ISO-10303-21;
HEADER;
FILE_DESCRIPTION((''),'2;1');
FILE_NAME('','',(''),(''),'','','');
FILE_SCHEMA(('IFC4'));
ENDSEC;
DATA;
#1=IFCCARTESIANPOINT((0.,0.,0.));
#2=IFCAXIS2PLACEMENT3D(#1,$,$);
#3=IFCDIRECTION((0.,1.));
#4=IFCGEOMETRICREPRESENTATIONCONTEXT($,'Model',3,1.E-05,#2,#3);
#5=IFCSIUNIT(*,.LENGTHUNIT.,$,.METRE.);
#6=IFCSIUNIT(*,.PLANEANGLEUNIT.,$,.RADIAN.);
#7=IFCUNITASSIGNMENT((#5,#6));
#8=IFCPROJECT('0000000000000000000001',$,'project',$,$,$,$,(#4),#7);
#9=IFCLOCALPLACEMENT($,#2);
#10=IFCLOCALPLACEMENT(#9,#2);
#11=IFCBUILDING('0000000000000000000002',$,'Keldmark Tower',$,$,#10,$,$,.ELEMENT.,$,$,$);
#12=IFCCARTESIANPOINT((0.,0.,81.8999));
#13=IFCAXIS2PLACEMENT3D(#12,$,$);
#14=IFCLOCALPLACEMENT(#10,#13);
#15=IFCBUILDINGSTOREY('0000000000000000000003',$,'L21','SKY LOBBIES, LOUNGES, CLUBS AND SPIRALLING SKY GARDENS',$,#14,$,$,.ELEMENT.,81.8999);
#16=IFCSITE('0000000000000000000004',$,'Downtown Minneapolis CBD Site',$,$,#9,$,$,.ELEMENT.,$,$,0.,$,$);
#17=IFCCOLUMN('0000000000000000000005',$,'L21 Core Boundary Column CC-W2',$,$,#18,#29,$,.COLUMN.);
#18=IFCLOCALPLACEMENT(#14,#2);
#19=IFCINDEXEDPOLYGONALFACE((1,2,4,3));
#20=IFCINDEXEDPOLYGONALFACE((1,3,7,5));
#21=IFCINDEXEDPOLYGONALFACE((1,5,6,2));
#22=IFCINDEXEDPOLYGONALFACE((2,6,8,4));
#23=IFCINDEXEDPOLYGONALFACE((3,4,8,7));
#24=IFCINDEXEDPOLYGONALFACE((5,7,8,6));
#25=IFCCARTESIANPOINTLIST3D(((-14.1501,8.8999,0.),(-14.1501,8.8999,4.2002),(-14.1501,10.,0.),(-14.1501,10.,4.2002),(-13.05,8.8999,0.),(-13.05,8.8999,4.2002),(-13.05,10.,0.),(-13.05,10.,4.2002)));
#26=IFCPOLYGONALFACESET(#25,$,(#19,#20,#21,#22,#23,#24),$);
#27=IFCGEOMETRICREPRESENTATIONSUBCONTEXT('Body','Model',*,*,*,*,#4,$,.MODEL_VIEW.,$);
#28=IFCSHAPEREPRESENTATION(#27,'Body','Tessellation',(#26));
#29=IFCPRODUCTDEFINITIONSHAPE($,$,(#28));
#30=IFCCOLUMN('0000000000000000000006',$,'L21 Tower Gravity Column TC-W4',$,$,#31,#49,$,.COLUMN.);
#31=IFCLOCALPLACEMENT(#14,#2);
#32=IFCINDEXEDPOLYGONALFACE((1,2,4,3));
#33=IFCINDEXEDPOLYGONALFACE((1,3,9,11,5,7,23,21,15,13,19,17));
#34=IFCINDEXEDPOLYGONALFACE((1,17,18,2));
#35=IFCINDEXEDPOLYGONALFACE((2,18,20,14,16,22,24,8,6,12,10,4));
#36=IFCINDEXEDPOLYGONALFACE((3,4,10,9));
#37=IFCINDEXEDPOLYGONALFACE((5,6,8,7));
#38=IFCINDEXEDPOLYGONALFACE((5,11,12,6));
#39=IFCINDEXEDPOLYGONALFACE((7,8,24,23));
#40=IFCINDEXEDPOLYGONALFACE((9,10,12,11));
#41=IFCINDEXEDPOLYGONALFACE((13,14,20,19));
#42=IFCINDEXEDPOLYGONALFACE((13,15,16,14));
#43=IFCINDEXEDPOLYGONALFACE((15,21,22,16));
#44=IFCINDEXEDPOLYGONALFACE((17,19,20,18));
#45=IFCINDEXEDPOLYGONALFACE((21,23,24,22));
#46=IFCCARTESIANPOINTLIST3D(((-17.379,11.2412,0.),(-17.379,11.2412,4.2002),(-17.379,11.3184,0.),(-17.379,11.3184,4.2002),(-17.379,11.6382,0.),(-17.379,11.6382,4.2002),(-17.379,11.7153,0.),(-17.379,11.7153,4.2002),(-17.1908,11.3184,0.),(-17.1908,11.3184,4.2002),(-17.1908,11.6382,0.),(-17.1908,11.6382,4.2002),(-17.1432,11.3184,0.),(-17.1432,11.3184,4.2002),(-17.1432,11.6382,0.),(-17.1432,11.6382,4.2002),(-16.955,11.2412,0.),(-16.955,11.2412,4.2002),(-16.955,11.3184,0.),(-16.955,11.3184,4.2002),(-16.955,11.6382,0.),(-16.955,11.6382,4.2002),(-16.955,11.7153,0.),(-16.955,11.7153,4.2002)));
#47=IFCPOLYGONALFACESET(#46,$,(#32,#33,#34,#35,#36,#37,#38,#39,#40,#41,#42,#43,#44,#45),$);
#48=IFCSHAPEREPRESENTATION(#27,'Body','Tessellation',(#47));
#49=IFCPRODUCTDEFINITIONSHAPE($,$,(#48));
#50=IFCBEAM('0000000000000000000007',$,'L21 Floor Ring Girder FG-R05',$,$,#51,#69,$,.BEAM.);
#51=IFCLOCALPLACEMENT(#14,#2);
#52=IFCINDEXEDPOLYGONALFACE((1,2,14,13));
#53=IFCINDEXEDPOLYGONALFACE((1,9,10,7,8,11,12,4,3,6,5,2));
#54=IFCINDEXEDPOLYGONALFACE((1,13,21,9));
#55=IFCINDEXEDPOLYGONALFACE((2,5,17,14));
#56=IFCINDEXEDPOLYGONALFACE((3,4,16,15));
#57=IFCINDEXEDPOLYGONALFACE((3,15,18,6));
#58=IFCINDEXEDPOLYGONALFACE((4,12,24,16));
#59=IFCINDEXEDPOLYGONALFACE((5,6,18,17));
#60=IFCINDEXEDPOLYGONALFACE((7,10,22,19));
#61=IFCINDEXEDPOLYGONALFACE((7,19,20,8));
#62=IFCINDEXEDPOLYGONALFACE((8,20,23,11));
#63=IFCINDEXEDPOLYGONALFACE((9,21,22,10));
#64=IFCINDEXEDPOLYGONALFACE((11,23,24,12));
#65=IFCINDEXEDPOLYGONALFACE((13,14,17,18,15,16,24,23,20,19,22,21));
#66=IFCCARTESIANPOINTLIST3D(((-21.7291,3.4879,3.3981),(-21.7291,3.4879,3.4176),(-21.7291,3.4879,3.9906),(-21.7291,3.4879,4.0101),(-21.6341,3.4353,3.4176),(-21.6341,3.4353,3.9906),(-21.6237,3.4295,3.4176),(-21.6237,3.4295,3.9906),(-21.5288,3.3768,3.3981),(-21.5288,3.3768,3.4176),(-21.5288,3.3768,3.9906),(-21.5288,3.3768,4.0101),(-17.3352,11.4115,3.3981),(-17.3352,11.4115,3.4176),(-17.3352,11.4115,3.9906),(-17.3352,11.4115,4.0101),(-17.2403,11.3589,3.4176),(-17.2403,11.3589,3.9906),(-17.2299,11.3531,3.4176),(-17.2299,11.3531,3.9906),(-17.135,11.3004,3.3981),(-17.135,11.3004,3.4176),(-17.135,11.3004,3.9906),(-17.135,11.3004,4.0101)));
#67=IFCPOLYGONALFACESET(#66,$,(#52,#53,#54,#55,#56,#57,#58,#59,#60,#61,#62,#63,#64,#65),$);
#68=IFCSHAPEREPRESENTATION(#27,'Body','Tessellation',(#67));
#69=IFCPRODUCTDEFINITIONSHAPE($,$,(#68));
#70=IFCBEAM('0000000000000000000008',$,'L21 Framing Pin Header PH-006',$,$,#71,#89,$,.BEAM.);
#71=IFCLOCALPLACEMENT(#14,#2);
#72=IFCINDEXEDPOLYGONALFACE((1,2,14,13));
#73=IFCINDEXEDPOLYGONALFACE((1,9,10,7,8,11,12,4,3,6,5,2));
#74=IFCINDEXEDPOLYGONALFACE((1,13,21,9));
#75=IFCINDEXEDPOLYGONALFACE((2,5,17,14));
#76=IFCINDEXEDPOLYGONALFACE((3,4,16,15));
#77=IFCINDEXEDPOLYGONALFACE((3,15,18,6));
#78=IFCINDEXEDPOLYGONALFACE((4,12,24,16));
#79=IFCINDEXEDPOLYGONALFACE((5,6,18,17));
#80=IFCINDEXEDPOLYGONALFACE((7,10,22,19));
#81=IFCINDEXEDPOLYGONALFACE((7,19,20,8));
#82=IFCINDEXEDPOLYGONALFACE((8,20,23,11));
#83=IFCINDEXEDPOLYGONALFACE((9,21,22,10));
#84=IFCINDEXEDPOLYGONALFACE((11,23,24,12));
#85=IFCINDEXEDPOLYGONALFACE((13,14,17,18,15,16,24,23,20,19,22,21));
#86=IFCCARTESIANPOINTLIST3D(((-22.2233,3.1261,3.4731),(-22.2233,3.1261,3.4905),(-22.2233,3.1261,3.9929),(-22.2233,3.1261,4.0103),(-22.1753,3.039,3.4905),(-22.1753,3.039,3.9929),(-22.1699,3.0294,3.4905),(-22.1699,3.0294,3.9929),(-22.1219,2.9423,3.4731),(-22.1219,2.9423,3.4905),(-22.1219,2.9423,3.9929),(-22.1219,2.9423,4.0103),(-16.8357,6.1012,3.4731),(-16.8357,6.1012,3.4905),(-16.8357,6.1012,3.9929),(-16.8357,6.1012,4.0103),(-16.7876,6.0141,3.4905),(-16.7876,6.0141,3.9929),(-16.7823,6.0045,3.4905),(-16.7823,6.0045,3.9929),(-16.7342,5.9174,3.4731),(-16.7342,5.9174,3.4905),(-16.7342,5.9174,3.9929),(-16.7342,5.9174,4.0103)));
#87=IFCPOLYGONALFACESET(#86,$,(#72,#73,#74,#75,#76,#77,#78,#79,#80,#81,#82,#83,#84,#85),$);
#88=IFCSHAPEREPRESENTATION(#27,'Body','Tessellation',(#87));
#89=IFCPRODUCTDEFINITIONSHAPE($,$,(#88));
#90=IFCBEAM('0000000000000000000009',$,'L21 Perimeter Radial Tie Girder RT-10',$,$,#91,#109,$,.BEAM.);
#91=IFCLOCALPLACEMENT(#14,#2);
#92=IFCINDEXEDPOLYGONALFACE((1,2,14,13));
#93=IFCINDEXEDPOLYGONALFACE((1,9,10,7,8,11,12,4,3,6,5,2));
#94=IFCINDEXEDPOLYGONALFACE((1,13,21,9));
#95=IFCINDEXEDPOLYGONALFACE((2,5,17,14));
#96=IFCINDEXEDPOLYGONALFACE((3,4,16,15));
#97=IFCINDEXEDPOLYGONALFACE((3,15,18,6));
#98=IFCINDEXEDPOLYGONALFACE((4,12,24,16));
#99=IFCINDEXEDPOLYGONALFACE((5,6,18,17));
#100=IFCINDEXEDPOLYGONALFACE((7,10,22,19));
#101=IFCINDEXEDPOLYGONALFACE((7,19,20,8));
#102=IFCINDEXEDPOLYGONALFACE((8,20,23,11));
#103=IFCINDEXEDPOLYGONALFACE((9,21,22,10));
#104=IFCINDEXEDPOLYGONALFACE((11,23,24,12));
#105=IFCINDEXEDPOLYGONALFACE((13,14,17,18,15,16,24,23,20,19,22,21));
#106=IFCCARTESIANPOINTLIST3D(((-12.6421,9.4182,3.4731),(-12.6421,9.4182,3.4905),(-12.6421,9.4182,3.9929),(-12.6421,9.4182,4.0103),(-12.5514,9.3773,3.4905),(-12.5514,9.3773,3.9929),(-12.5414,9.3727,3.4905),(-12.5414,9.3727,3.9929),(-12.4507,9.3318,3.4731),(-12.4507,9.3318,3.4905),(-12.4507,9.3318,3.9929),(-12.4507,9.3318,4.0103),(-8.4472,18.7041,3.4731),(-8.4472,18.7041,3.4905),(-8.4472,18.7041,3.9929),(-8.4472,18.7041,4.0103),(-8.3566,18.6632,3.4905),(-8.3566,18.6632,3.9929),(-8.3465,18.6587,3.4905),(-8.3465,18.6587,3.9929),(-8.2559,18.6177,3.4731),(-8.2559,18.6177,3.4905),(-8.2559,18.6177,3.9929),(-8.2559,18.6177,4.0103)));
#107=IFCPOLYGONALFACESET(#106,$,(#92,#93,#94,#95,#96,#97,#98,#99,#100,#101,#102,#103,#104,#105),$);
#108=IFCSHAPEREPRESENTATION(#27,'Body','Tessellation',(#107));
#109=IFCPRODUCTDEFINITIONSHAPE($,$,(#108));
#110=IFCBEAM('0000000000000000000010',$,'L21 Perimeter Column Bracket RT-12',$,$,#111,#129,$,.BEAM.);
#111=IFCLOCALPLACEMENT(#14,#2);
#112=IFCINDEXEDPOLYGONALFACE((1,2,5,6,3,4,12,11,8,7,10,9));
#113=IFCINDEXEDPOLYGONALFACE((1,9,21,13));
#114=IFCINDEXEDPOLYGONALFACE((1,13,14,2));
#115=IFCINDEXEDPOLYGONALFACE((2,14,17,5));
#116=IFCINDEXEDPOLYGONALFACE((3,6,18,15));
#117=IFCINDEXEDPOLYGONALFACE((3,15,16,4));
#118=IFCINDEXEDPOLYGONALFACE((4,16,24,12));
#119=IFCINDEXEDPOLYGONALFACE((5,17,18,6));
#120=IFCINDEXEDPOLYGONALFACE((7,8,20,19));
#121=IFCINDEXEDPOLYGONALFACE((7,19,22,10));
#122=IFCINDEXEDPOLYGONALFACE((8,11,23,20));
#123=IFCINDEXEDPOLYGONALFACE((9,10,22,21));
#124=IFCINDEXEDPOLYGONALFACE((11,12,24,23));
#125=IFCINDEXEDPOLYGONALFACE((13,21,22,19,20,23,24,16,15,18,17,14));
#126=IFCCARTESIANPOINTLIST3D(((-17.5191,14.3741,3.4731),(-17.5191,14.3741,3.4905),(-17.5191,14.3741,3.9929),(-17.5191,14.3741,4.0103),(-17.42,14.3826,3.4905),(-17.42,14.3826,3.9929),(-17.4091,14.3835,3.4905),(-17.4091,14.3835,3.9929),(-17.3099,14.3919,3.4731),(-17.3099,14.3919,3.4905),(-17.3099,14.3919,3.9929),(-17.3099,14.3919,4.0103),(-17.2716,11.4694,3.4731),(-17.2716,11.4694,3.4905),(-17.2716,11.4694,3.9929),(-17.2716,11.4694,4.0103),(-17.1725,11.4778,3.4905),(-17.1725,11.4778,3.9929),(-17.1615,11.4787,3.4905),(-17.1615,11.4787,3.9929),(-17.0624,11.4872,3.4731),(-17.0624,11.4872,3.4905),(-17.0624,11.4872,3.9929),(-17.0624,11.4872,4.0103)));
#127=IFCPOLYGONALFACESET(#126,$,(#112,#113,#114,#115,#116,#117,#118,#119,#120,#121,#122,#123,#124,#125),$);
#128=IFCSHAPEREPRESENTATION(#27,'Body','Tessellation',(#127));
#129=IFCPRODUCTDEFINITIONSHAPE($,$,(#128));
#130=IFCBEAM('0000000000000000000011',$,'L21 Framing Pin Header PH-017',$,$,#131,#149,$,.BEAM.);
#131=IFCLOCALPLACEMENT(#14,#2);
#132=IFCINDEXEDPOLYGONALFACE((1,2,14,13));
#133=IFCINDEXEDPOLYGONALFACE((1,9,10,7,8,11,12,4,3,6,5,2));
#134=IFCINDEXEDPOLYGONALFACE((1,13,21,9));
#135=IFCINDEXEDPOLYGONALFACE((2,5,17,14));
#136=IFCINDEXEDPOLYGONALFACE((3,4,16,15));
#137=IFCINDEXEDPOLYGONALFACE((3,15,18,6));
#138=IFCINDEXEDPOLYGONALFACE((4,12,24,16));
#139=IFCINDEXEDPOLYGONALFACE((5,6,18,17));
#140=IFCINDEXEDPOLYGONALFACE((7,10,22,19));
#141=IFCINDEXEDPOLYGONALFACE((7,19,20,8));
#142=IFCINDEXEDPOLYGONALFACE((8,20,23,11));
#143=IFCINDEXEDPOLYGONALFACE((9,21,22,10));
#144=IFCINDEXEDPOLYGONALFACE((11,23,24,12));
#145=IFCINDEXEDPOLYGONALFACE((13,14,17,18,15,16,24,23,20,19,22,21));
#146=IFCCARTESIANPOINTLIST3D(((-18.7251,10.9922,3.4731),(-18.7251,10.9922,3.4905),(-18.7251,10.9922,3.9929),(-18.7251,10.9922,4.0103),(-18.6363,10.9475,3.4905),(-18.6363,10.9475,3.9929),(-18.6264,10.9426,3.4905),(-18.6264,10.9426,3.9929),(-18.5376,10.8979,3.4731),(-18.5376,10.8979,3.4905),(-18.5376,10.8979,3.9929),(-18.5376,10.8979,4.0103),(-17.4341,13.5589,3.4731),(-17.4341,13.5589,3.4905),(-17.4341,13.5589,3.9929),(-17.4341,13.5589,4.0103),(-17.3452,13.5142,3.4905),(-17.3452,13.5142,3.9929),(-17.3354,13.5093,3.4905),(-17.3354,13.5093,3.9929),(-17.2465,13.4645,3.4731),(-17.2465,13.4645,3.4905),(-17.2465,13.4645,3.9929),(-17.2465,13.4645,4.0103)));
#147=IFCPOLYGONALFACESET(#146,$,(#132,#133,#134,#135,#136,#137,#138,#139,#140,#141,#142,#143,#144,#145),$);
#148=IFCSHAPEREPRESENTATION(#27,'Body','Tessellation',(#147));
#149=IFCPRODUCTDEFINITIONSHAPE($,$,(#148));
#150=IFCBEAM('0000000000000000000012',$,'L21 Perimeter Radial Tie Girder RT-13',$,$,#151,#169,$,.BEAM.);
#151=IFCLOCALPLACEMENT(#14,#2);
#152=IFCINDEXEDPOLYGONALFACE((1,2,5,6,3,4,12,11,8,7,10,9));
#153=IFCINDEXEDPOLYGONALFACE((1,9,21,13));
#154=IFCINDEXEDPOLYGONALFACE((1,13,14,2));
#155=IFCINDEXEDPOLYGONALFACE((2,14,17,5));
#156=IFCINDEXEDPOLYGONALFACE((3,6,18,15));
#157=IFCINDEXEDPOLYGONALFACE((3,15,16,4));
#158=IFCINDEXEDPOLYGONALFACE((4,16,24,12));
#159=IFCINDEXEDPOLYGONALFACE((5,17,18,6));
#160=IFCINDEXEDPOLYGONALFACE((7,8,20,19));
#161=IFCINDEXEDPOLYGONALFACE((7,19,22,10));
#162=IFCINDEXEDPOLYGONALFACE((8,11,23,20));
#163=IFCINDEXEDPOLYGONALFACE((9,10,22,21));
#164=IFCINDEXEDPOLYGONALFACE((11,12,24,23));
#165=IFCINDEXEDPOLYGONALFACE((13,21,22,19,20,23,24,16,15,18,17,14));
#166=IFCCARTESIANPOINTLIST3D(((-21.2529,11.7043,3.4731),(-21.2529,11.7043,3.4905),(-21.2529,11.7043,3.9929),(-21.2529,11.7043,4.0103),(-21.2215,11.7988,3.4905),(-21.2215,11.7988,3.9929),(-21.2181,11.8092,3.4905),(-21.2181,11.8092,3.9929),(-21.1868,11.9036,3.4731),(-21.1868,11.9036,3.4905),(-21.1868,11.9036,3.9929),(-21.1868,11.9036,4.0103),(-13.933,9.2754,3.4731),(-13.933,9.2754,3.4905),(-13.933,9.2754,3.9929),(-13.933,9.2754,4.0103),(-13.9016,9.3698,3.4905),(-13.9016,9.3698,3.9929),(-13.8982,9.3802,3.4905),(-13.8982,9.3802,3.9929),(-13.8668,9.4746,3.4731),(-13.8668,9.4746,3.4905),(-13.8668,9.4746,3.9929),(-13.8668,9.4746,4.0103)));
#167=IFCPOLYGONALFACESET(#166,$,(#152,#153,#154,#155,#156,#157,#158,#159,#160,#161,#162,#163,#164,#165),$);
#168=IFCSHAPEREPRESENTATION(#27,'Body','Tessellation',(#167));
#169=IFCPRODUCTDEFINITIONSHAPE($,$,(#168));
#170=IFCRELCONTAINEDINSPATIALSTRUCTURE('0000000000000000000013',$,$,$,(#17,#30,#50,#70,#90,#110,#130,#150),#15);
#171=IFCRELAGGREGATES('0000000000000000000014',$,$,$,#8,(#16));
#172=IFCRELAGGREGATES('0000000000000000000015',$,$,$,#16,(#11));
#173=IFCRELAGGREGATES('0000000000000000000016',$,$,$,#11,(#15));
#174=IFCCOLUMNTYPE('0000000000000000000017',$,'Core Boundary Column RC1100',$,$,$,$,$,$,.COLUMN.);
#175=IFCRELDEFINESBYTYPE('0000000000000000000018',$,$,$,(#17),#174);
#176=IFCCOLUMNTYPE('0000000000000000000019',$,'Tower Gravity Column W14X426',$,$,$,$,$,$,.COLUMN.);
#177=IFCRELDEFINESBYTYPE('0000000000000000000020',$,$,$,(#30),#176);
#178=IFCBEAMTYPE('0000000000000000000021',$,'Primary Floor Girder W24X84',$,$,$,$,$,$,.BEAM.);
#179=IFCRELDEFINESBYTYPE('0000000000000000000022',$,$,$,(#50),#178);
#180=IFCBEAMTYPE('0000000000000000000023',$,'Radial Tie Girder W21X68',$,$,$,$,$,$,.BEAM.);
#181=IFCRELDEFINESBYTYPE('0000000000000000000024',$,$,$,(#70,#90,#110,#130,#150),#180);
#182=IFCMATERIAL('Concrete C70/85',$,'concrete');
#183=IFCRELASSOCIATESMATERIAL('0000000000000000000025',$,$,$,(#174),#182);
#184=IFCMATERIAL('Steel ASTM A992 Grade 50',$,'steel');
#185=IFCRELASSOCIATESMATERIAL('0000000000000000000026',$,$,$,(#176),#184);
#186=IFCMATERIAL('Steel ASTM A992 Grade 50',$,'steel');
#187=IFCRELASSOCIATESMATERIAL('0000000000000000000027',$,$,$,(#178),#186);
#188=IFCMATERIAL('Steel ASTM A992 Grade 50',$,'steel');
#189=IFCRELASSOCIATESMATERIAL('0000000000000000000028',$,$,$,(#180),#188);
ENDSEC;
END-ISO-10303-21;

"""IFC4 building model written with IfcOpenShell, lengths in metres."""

from ifc_helpers import new_model, si_unit, direction, frame, origin, origin_2d, place, context, subcontext, project, spatial, rectangle, i_section, extrude, material, material_profile, profile_set, type_object, element, save


model = new_model("IFC4")

# Units and contexts
model_context = context("Model", 3, precision=1e-05, world=origin(), true_north=direction((0.0, 1.0)))
body_context = subcontext(model_context, "Body", "Model", "MODEL_VIEW")
ifc_project = project(units=[si_unit("LENGTHUNIT", "METRE"), si_unit("PLANEANGLEUNIT", "RADIAN")], contexts=[model_context])

# Site, building, storey
site_placement = place(None, origin())
site = spatial("IfcSite", under=ifc_project, at=site_placement, Name="Downtown Minneapolis CBD Site", CompositionType="ELEMENT", RefElevation=0.0)
building_placement = place(site_placement, origin())
building = spatial("IfcBuilding", under=site, at=building_placement, Name="Keldmark Tower", CompositionType="ELEMENT")
storey_placement = place(building_placement, frame((0.0, 0.0, 81.8999)))
storey = spatial("IfcBuildingStorey", under=building, at=storey_placement, Name="L21", Description="SKY LOBBIES, LOUNGES, CLUBS AND SPIRALLING SKY GARDENS", CompositionType="ELEMENT", Elevation=81.8999)

# Columns
ifc_material_1 = material(Name="Concrete C70/85", Category="concrete")
ifc_material_profile_1 = material_profile(ifc_material_1, rectangle(XDim=1.1001, YDim=1.1001, at=origin_2d()), Name="RC1100X1100")
ifc_profile_set_1 = profile_set([ifc_material_profile_1], Name="Concrete C70/85")
column_type_1 = type_object("IfcColumnType", Name="Core Boundary Column RC1100", PredefinedType="COLUMN", material=ifc_profile_set_1)
column_1_placement = place(storey_placement, frame((-13.6001, 9.45, 0.0), z_axis=(0.0, 0.0, 1.0), x_axis=(1.0, 0.0, 0.0)))
element("IfcColumn", 1, at=column_1_placement, inside=storey, type_object=column_type_1, Name="L21 Core Boundary Column CC-W2", PredefinedType="COLUMN", context=body_context, shape_type="SweptSolid", body=[
    extrude(rectangle(XDim=1.1001, YDim=1.1001, at=origin_2d()), origin(), (0.0, 0.0, 1.0), 4.2002),
])
ifc_material_2 = material(Name="Steel ASTM A992 Grade 50", Category="steel")
ifc_material_profile_2 = material_profile(ifc_material_2, i_section(OverallWidth=0.4241, OverallDepth=0.4741, WebThickness=0.0476, FlangeThickness=0.0771, at=origin_2d()), Name="W14X426")
ifc_profile_set_2 = profile_set([ifc_material_profile_2], Name="Steel ASTM A992 Grade 50")
column_type_2 = type_object("IfcColumnType", Name="Tower Gravity Column W14X426", PredefinedType="COLUMN", material=ifc_profile_set_2)
column_2_placement = place(storey_placement, frame((-17.167, 11.4783, 0.0), z_axis=(0.0, 0.0, 1.0), x_axis=(1.0, 0.0, 0.0)))
element("IfcColumn", 2, at=column_2_placement, inside=storey, type_object=column_type_2, Name="L21 Tower Gravity Column TC-W4", PredefinedType="COLUMN", context=body_context, shape_type="SweptSolid", body=[
    extrude(i_section(OverallWidth=0.4241, OverallDepth=0.4741, WebThickness=0.0476, FlangeThickness=0.0771, at=origin_2d()), origin(), (0.0, 0.0, 1.0), 4.2002),
])

# Beams
ifc_material_3 = material(Name="Steel ASTM A992 Grade 50", Category="steel")
ifc_material_profile_3 = material_profile(ifc_material_3, i_section(OverallWidth=0.229, OverallDepth=0.6121, WebThickness=0.012, FlangeThickness=0.0195, at=origin_2d()), Name="W24X84")
ifc_profile_set_3 = profile_set([ifc_material_profile_3], Name="Steel ASTM A992 Grade 50")
beam_type_1 = type_object("IfcBeamType", Name="Primary Floor Girder W24X84", PredefinedType="BEAM", material=ifc_profile_set_3)
beam_1_placement = place(storey_placement, frame((-17.2351, 11.356, 3.7041), z_axis=(-0.484952, -0.874541, 0.0), x_axis=(0.874541, -0.484952, 0.0)))
element("IfcBeam", 3, at=beam_1_placement, inside=storey, type_object=beam_type_1, Name="L21 Floor Ring Girder FG-R05", PredefinedType="BEAM", context=body_context, shape_type="SweptSolid", body=[
    extrude(i_section(OverallWidth=0.229, OverallDepth=0.6121, WebThickness=0.012, FlangeThickness=0.0195, at=origin_2d()), origin(), (0.0, 0.0, 1.0), 9.0603),
])
ifc_material_4 = material(Name="Steel ASTM A992 Grade 50", Category="steel")
ifc_material_profile_4 = material_profile(ifc_material_4, i_section(OverallWidth=0.21, OverallDepth=0.5371, WebThickness=0.011, FlangeThickness=0.0173, at=origin_2d()), Name="W21X68")
ifc_profile_set_4 = profile_set([ifc_material_profile_4], Name="Steel ASTM A992 Grade 50")
beam_type_2 = type_object("IfcBeamType", Name="Radial Tie Girder W21X68", PredefinedType="BEAM", material=ifc_profile_set_4)
beam_2_placement = place(storey_placement, frame((-16.7849, 6.0093, 3.7417), z_axis=(-0.875401, -0.483398, 0.0), x_axis=(0.483398, -0.875401, 0.0)))
element("IfcBeam", 4, at=beam_2_placement, inside=storey, type_object=beam_type_2, Name="L21 Framing Pin Header PH-006", PredefinedType="BEAM", context=body_context, shape_type="SweptSolid", body=[
    extrude(i_section(OverallWidth=0.21, OverallDepth=0.5371, WebThickness=0.011, FlangeThickness=0.0173, at=origin_2d()), origin(), (0.0, 0.0, 1.0), 6.1545),
])
beam_3_placement = place(storey_placement, frame((-12.5464, 9.375, 3.7417), z_axis=(0.411684, 0.911327, 0.0), x_axis=(-0.911327, 0.411684, 0.0)))
element("IfcBeam", 5, at=beam_3_placement, inside=storey, type_object=beam_type_2, Name="L21 Perimeter Radial Tie Girder RT-10", PredefinedType="BEAM", context=body_context, shape_type="SweptSolid", body=[
    extrude(i_section(OverallWidth=0.21, OverallDepth=0.5371, WebThickness=0.011, FlangeThickness=0.0173, at=origin_2d()), origin(), (0.0, 0.0, 1.0), 10.1895),
])
beam_4_placement = place(storey_placement, frame((-17.167, 11.4783, 3.7417), z_axis=(-0.084917, 0.996388, 0.0), x_axis=(-0.996388, -0.084917, 0.0)))
element("IfcBeam", 6, at=beam_4_placement, inside=storey, type_object=beam_type_2, Name="L21 Perimeter Column Bracket RT-12", PredefinedType="BEAM", context=body_context, shape_type="SweptSolid", body=[
    extrude(i_section(OverallWidth=0.21, OverallDepth=0.5371, WebThickness=0.011, FlangeThickness=0.0173, at=origin_2d()), origin(), (0.0, 0.0, 1.0), 2.9153),
])
beam_5_placement = place(storey_placement, frame((-17.3403, 13.5117, 3.7417), z_axis=(-0.449354, -0.893354, 0.0), x_axis=(0.893354, -0.449354, 0.0)))
element("IfcBeam", 7, at=beam_5_placement, inside=storey, type_object=beam_type_2, Name="L21 Framing Pin Header PH-017", PredefinedType="BEAM", context=body_context, shape_type="SweptSolid", body=[
    extrude(i_section(OverallWidth=0.21, OverallDepth=0.5371, WebThickness=0.011, FlangeThickness=0.0173, at=origin_2d()), origin(), (0.0, 0.0, 1.0), 2.873),
])
beam_6_placement = place(storey_placement, frame((-13.8999, 9.375, 3.7417), z_axis=(-0.94911, 0.314945, 0.0), x_axis=(-0.314945, -0.94911, 0.0)))
element("IfcBeam", 8, at=beam_6_placement, inside=storey, type_object=beam_type_2, Name="L21 Perimeter Radial Tie Girder RT-13", PredefinedType="BEAM", context=body_context, shape_type="SweptSolid", body=[
    extrude(i_section(OverallWidth=0.21, OverallDepth=0.5371, WebThickness=0.011, FlangeThickness=0.0173, at=origin_2d()), origin(), (0.0, 0.0, 1.0), 7.7124),
])

save(model, "model.ifc")
